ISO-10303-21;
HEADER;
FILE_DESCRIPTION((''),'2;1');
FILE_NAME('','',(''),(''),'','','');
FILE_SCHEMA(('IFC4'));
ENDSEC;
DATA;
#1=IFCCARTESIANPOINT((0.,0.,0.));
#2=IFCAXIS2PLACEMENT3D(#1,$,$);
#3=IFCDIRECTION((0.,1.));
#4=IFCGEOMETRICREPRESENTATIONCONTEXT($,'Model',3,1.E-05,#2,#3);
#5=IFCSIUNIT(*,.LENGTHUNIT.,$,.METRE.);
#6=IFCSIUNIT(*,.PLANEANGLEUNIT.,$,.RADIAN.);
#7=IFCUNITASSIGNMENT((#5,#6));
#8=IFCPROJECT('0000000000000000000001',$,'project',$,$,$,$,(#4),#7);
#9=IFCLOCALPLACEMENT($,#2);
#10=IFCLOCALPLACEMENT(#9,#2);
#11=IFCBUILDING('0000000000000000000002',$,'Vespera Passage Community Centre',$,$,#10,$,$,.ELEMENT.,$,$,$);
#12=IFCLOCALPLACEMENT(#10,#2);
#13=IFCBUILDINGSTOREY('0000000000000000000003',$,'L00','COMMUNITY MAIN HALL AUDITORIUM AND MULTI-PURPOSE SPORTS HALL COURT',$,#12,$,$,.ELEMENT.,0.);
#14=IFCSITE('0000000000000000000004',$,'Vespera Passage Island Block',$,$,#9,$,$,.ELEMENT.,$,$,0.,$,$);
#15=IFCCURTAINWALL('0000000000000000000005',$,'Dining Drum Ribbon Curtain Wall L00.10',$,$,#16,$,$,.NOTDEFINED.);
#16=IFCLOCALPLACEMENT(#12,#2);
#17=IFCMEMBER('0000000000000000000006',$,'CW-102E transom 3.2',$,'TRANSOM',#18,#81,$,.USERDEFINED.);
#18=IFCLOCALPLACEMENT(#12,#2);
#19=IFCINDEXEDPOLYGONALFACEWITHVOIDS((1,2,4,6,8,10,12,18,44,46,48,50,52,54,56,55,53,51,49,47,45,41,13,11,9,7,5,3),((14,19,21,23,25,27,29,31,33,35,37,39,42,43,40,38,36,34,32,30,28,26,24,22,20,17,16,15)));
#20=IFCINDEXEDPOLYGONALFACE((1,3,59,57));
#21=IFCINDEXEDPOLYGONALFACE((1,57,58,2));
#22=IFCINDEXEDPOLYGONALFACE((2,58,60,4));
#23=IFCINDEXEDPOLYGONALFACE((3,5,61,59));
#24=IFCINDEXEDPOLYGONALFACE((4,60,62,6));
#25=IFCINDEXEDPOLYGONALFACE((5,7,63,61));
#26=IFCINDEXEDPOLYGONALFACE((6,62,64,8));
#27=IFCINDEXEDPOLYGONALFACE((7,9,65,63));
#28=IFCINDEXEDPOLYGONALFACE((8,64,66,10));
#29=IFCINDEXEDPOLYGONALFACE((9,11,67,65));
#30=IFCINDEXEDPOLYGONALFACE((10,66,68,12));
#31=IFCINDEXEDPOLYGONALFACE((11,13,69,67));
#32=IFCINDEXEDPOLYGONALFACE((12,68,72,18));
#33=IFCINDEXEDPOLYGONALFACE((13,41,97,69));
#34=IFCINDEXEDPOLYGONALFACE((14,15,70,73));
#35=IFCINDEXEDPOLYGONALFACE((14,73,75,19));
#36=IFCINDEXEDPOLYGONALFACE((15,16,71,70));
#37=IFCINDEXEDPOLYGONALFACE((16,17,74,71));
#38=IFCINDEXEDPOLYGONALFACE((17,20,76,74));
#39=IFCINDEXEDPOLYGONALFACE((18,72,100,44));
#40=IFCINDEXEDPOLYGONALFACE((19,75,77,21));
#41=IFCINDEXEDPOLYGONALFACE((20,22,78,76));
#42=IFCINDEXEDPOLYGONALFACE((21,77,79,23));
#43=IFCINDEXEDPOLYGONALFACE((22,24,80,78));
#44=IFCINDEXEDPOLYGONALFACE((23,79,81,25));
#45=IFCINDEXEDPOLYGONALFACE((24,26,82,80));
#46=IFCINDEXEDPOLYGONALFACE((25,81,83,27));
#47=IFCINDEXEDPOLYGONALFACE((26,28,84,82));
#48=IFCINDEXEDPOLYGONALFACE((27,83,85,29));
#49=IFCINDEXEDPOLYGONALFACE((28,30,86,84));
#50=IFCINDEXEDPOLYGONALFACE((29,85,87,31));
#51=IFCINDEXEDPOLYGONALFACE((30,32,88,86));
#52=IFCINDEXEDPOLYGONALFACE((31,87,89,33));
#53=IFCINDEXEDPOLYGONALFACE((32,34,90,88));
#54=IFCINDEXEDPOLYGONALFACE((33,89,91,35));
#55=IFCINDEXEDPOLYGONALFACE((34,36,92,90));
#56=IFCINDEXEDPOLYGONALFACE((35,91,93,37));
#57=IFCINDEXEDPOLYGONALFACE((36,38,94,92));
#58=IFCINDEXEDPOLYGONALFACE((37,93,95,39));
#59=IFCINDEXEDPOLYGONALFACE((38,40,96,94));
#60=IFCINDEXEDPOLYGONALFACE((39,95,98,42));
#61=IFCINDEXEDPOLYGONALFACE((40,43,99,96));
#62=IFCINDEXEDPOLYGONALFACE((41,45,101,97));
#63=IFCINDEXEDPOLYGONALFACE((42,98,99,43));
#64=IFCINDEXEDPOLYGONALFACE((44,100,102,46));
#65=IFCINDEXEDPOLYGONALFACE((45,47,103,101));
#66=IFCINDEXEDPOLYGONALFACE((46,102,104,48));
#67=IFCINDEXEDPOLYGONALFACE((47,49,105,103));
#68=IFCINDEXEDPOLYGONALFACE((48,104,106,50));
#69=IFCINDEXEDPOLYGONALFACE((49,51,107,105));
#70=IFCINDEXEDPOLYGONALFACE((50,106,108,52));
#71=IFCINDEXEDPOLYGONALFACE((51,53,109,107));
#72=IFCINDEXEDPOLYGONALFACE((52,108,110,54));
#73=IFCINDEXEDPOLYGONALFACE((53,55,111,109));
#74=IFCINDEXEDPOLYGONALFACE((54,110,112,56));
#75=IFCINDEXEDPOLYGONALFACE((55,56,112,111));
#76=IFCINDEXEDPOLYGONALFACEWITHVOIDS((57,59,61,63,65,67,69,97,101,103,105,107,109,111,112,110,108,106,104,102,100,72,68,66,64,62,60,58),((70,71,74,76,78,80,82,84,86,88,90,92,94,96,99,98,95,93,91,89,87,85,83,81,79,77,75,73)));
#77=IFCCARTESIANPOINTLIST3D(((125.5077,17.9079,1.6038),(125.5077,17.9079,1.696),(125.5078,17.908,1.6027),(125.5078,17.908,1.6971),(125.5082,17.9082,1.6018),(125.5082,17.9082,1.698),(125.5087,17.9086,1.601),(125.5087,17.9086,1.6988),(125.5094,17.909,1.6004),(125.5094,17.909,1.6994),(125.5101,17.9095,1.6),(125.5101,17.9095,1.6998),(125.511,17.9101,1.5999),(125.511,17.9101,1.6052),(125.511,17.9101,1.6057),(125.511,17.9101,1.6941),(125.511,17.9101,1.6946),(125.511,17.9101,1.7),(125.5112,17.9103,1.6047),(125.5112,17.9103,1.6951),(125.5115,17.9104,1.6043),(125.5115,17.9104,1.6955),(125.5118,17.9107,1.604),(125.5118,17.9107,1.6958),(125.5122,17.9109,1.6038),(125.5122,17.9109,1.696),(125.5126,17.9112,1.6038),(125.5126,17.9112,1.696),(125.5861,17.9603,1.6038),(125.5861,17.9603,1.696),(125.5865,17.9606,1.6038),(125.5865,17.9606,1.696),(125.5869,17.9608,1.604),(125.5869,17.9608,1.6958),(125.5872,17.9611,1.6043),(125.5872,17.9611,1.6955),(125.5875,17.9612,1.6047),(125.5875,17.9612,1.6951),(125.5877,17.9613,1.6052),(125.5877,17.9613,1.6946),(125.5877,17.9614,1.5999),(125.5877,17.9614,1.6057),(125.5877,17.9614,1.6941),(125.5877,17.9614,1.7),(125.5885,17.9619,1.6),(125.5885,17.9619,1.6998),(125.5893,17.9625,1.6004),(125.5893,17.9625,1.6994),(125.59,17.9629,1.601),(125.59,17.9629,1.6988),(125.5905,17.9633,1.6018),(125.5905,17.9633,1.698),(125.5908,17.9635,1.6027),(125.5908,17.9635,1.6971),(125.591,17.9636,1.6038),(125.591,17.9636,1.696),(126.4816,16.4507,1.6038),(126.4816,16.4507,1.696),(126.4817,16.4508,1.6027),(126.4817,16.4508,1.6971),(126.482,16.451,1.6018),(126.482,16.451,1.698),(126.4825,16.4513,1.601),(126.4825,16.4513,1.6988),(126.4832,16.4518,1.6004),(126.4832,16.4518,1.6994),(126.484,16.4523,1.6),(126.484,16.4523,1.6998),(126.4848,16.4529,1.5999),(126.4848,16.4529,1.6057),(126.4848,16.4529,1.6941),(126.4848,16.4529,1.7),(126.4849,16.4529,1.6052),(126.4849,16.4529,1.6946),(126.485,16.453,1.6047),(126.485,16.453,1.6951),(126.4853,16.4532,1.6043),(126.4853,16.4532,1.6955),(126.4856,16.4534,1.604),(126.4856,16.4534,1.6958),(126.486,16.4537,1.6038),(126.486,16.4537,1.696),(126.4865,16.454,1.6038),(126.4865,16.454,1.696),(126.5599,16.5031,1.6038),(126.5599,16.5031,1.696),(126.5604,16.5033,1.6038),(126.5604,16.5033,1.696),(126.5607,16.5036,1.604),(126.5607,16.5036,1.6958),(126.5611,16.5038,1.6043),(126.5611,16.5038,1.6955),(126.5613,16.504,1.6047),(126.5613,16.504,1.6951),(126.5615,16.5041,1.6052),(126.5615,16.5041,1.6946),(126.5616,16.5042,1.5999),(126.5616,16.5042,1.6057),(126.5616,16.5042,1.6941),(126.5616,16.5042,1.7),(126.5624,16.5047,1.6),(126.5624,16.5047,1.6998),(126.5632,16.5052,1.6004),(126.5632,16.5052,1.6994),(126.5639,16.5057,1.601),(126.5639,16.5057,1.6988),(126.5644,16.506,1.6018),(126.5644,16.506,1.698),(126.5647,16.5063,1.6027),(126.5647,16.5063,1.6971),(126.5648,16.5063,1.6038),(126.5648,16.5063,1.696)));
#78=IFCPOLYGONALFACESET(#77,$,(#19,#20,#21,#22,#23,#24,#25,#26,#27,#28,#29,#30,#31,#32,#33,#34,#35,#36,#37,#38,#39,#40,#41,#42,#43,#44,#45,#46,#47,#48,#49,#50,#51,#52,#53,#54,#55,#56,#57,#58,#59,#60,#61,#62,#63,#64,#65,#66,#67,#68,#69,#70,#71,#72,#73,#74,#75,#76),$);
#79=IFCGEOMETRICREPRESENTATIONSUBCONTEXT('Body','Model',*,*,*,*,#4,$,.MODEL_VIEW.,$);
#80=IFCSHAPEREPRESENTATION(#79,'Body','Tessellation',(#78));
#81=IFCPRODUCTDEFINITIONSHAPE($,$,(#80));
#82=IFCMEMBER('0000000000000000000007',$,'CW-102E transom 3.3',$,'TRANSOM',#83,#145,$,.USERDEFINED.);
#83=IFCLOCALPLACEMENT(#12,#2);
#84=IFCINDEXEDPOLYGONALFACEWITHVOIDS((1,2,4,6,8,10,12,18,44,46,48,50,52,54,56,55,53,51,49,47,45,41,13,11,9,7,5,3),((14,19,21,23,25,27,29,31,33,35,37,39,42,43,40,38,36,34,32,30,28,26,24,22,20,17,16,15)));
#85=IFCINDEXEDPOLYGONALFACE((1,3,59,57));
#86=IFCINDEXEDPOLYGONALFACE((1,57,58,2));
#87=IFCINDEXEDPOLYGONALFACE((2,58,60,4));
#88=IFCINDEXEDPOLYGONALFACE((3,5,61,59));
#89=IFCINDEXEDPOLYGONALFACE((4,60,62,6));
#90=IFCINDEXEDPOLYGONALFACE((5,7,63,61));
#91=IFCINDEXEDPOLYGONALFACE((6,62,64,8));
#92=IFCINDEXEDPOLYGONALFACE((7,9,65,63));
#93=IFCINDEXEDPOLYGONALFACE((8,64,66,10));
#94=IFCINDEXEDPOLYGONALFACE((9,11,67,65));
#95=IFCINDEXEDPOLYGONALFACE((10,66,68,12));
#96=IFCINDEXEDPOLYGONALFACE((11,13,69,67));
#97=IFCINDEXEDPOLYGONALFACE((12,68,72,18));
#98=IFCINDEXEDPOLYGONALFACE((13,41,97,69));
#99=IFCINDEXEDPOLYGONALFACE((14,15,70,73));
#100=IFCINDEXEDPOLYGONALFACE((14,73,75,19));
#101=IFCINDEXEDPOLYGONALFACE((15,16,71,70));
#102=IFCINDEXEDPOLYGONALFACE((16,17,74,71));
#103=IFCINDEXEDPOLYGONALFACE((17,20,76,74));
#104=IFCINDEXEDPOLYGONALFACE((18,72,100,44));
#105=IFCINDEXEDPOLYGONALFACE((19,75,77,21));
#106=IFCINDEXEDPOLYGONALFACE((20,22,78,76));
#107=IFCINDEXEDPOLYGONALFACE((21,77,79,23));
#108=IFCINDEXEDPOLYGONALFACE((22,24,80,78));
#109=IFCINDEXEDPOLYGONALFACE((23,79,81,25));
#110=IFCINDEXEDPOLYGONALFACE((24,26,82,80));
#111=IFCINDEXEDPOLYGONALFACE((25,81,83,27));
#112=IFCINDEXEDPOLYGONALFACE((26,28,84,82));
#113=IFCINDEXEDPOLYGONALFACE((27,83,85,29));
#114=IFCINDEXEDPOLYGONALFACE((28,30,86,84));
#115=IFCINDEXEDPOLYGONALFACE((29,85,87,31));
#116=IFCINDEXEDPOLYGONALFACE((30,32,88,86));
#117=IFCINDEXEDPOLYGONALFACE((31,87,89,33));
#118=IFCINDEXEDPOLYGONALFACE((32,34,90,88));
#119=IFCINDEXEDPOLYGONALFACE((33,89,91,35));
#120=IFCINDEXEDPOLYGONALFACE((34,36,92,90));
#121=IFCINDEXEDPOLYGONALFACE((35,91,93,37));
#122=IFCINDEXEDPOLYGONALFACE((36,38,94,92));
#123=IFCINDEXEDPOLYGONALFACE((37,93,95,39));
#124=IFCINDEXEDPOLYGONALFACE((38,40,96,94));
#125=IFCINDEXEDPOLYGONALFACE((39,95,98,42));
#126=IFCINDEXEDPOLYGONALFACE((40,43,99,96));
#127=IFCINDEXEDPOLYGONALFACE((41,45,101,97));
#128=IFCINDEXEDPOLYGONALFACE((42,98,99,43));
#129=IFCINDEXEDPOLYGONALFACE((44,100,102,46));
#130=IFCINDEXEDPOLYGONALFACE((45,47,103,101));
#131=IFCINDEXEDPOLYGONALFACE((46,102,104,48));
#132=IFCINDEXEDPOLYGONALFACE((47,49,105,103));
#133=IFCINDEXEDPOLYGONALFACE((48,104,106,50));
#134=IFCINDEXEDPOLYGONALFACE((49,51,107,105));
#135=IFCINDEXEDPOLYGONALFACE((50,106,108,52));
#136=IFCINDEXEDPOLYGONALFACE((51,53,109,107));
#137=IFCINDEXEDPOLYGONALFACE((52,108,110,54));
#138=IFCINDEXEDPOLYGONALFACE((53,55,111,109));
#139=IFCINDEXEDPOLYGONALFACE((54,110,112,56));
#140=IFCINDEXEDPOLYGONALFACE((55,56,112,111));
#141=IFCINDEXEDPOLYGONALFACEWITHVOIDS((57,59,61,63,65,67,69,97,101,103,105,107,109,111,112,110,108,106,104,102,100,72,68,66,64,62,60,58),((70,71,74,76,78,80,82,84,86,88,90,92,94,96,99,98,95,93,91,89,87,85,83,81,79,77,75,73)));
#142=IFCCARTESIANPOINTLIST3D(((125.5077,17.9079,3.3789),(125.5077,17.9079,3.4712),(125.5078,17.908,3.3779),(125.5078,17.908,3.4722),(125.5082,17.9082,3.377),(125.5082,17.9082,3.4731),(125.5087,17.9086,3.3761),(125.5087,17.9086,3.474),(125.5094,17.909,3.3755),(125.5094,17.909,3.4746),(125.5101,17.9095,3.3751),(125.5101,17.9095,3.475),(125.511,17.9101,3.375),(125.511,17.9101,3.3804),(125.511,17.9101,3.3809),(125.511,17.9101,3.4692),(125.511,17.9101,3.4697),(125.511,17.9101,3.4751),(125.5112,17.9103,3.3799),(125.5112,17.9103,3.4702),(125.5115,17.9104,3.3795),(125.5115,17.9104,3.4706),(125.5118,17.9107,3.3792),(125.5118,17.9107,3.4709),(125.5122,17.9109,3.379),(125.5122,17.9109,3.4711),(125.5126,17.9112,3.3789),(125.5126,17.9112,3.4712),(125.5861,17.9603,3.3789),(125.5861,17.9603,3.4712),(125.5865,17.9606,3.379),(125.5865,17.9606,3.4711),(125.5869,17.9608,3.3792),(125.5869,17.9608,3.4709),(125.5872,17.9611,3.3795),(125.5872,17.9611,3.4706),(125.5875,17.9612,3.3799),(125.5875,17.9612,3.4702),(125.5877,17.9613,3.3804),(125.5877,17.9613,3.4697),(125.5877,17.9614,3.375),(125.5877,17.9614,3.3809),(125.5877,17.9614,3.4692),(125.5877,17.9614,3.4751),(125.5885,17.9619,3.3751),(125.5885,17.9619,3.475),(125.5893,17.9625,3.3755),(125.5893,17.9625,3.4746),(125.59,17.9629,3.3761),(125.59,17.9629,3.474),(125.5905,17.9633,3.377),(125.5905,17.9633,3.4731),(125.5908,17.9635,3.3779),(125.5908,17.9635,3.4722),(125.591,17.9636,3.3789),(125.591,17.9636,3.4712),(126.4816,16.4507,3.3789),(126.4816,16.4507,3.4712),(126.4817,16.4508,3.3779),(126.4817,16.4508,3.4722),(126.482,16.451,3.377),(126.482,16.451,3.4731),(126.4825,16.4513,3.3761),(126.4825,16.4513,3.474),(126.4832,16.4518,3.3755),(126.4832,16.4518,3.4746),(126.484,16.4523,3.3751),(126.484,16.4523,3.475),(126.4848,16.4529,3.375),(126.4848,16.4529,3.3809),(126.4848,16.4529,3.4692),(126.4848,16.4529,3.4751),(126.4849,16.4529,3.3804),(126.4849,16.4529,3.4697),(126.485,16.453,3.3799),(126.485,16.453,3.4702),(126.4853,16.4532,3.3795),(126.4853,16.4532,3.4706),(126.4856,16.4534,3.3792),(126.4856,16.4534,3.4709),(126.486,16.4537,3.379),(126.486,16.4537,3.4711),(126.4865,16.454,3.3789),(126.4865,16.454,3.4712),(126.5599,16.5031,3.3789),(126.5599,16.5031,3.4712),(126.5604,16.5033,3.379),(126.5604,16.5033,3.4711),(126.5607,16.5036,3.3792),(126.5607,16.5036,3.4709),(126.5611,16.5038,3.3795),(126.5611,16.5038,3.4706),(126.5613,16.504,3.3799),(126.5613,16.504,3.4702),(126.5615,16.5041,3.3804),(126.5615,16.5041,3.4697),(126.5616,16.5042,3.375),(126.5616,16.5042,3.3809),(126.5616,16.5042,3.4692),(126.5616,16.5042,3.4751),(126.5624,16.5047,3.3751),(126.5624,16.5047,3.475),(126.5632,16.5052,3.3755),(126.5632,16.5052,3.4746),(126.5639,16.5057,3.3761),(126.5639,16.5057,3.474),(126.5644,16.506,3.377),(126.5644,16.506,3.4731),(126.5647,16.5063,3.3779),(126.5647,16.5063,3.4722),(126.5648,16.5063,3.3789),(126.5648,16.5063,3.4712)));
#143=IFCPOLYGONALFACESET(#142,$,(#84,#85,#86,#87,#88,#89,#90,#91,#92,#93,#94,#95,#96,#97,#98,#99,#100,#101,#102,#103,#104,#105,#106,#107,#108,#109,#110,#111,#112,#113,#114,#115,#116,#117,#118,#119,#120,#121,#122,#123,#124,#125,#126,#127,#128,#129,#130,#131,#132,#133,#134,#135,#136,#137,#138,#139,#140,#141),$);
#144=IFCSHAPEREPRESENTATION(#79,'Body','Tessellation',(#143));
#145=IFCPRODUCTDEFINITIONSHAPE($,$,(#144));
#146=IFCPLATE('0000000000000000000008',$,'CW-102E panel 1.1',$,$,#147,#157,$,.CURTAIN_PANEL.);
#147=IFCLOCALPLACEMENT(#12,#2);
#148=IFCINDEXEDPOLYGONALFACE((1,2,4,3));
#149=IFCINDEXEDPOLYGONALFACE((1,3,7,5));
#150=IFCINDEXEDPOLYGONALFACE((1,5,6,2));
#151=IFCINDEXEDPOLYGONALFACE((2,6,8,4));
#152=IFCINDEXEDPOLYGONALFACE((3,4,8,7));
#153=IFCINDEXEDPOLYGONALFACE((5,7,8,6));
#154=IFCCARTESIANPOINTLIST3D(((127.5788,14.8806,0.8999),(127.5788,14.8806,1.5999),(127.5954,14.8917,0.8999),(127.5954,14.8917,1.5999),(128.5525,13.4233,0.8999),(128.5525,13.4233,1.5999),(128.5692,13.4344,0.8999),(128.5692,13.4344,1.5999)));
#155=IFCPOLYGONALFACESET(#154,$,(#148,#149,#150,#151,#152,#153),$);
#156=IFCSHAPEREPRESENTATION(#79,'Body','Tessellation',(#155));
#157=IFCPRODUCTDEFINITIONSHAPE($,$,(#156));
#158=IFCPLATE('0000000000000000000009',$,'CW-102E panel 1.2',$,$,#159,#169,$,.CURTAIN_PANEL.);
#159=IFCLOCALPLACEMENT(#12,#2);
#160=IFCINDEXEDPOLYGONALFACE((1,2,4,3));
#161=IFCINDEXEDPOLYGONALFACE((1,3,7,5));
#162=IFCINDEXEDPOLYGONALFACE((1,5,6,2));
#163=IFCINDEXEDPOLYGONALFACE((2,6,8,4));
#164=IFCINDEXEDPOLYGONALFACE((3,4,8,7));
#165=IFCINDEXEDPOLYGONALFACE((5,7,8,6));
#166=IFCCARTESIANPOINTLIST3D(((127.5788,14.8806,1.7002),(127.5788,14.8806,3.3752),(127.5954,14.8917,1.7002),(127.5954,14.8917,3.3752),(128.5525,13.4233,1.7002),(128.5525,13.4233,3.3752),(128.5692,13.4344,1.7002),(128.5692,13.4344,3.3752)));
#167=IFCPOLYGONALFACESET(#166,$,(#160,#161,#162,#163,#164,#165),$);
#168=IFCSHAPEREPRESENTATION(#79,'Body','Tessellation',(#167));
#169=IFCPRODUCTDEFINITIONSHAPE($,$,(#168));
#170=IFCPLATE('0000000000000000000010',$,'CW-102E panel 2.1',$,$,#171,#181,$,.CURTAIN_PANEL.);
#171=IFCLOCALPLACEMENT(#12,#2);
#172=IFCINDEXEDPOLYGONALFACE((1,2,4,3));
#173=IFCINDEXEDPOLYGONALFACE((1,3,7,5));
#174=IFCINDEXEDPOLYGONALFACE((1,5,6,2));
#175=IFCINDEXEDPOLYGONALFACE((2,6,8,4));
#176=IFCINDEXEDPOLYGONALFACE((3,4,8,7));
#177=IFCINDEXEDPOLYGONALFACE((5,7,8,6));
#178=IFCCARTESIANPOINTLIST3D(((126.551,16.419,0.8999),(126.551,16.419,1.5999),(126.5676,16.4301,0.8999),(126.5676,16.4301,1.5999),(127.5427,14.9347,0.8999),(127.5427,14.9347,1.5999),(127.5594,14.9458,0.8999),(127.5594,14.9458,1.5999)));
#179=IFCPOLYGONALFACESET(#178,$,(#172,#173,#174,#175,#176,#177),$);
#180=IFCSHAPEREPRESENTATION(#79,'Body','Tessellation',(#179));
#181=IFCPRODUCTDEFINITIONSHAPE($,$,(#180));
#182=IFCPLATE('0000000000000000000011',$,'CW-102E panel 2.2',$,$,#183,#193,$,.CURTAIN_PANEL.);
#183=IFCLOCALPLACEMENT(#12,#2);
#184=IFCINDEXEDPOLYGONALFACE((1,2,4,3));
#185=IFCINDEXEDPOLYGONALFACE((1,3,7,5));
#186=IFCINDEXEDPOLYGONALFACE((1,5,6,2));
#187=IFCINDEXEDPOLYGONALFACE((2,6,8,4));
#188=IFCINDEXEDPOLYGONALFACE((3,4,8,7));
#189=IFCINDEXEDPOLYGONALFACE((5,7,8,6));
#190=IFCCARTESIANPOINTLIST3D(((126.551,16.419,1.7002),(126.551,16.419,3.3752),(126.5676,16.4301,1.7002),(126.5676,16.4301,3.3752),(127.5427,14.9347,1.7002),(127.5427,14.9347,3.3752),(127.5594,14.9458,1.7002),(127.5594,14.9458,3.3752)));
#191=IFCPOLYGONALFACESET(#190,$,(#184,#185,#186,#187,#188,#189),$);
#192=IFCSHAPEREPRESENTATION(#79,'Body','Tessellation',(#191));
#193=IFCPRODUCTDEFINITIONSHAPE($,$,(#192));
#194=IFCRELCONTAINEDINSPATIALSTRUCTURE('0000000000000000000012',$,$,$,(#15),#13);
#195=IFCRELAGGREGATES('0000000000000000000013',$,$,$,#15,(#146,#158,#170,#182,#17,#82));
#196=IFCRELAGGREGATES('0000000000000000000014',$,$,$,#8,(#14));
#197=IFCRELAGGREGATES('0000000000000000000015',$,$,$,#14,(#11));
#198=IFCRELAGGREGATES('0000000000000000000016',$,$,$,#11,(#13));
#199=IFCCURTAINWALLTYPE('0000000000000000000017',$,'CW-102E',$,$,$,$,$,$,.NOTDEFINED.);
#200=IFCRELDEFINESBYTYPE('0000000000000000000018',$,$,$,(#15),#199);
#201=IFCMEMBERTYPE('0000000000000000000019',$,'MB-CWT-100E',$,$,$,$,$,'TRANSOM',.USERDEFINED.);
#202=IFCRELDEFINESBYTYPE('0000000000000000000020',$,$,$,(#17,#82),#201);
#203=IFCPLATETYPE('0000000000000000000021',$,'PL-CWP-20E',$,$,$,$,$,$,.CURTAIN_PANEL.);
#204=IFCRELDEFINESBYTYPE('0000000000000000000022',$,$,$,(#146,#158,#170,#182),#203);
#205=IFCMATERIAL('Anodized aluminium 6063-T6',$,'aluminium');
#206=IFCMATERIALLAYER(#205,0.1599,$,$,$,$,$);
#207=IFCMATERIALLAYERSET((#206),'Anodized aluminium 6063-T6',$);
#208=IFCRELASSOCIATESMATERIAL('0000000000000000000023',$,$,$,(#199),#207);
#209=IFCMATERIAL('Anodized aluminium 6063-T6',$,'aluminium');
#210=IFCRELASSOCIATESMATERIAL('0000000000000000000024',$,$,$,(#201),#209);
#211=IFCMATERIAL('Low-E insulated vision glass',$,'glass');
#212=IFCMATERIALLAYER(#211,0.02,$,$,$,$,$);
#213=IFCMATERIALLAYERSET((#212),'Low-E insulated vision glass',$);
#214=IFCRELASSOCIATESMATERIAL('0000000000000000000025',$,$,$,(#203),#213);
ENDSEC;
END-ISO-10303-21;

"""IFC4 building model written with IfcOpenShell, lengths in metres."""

from ifc_helpers import new_model, si_unit, direction, frame, origin, origin_2d, place, context, subcontext, project, spatial, rectangle, hollow_rectangle, extrude, material, layer, layer_set, material_profile, profile_set, type_object, element, aggregate, save


model = new_model("IFC4")

# Units and contexts
model_context = context("Model", 3, precision=1e-05, world=origin(), true_north=direction((0.0, 1.0)))
body_context = subcontext(model_context, "Body", "Model", "MODEL_VIEW")
ifc_project = project(units=[si_unit("LENGTHUNIT", "METRE"), si_unit("PLANEANGLEUNIT", "RADIAN")], contexts=[model_context])

# Site, building, storey
site_placement = place(None, origin())
site = spatial("IfcSite", under=ifc_project, at=site_placement, Name="Vespera Passage Island Block", CompositionType="ELEMENT", RefElevation=0.0)
building_placement = place(site_placement, origin())
building = spatial("IfcBuilding", under=site, at=building_placement, Name="Vespera Passage Community Centre", CompositionType="ELEMENT")
storey_placement = place(building_placement, origin())
storey = spatial("IfcBuildingStorey", under=building, at=storey_placement, Name="L00", Description="COMMUNITY MAIN HALL AUDITORIUM AND MULTI-PURPOSE SPORTS HALL COURT", CompositionType="ELEMENT", Elevation=0.0)

# Curtain wall
ifc_material_1 = material(Name="Anodized aluminium 6063-T6", Category="aluminium")
ifc_layer_1 = layer(ifc_material_1, 0.1599)
ifc_layer_set_1 = layer_set([ifc_layer_1], Name="Anodized aluminium 6063-T6")
curtain_wall_type_1 = type_object("IfcCurtainWallType", Name="CW-102E", PredefinedType="NOTDEFINED", material=ifc_layer_set_1)
curtain_wall_1_placement = place(storey_placement, origin())
curtain_wall_1 = element("IfcCurtainWall", 1, at=curtain_wall_1_placement, inside=storey, type_object=curtain_wall_type_1, Name="Dining Drum Ribbon Curtain Wall L00.10", PredefinedType="NOTDEFINED")

# Members
ifc_material_2 = material(Name="Anodized aluminium 6063-T6", Category="aluminium")
ifc_material_profile_1 = material_profile(ifc_material_2, hollow_rectangle(XDim=0.1001, YDim=0.1001, WallThickness=0.0039, InnerFilletRadius=0.002, OuterFilletRadius=0.0039, at=origin_2d()), Name="ALU100X100X4")
ifc_profile_set_1 = profile_set([ifc_material_profile_1], Name="Anodized aluminium 6063-T6")
member_type_1 = type_object("IfcMemberType", Name="MB-CWT-100E", ElementType="TRANSOM", PredefinedType="USERDEFINED", material=ifc_profile_set_1)
member_1_placement = place(storey_placement, frame((126.5232, 16.4785, 1.6499), z_axis=(-0.555632, 0.831428, 0.0), x_axis=(-0.831428, -0.555632, 0.0)))
member_1 = element("IfcMember", 2, at=member_1_placement, type_object=member_type_1, Name="CW-102E transom 3.2", ObjectType="TRANSOM", PredefinedType="USERDEFINED", context=body_context, shape_type="SweptSolid", body=[
    extrude(hollow_rectangle(XDim=0.1001, YDim=0.1001, WallThickness=0.0039, InnerFilletRadius=0.002, OuterFilletRadius=0.0039, at=origin_2d()), origin(), (0.0, 0.0, 1.0), 1.7527),
])
member_2_placement = place(storey_placement, frame((126.5232, 16.4785, 3.425), z_axis=(-0.555632, 0.831428, 0.0), x_axis=(-0.831428, -0.555632, 0.0)))
member_2 = element("IfcMember", 3, at=member_2_placement, type_object=member_type_1, Name="CW-102E transom 3.3", ObjectType="TRANSOM", PredefinedType="USERDEFINED", context=body_context, shape_type="SweptSolid", body=[
    extrude(hollow_rectangle(XDim=0.1001, YDim=0.1001, WallThickness=0.0039, InnerFilletRadius=0.002, OuterFilletRadius=0.0039, at=origin_2d()), origin(), (0.0, 0.0, 1.0), 1.7527),
])

# Plates
ifc_material_3 = material(Name="Low-E insulated vision glass", Category="glass")
ifc_layer_2 = layer(ifc_material_3, 0.02)
ifc_layer_set_2 = layer_set([ifc_layer_2], Name="Low-E insulated vision glass")
plate_type = type_object("IfcPlateType", Name="PL-CWP-20E", PredefinedType="CURTAIN_PANEL", material=ifc_layer_set_2)
plate_1_placement = place(storey_placement, frame((128.074, 14.1575, 0.8999), z_axis=(0.0, 0.0, 1.0), x_axis=(-0.555565, 0.831473, 0.0)))
plate_1 = element("IfcPlate", 4, at=plate_1_placement, type_object=plate_type, Name="CW-102E panel 1.1", PredefinedType="CURTAIN_PANEL", context=body_context, shape_type="SweptSolid", body=[
    extrude(rectangle(XDim=1.7527, YDim=0.02, at=origin_2d()), origin(), (0.0, 0.0, 1.0), 0.7),
])
plate_2_placement = place(storey_placement, frame((128.074, 14.1575, 1.7002), z_axis=(0.0, 0.0, 1.0), x_axis=(-0.555565, 0.831473, 0.0)))
plate_2 = element("IfcPlate", 5, at=plate_2_placement, type_object=plate_type, Name="CW-102E panel 1.2", PredefinedType="CURTAIN_PANEL", context=body_context, shape_type="SweptSolid", body=[
    extrude(rectangle(XDim=1.7527, YDim=0.02, at=origin_2d()), origin(), (0.0, 0.0, 1.0), 1.675),
])
plate_3_placement = place(storey_placement, frame((127.0552, 15.6824, 0.8999), z_axis=(0.0, 0.0, 1.0), x_axis=(-0.555565, 0.831473, 0.0)))
plate_3 = element("IfcPlate", 6, at=plate_3_placement, type_object=plate_type, Name="CW-102E panel 2.1", PredefinedType="CURTAIN_PANEL", context=body_context, shape_type="SweptSolid", body=[
    extrude(rectangle(XDim=1.7852, YDim=0.02, at=origin_2d()), origin(), (0.0, 0.0, 1.0), 0.7),
])
plate_4_placement = place(storey_placement, frame((127.0552, 15.6824, 1.7002), z_axis=(0.0, 0.0, 1.0), x_axis=(-0.555565, 0.831473, 0.0)))
plate_4 = element("IfcPlate", 7, at=plate_4_placement, type_object=plate_type, Name="CW-102E panel 2.2", PredefinedType="CURTAIN_PANEL", context=body_context, shape_type="SweptSolid", body=[
    extrude(rectangle(XDim=1.7852, YDim=0.02, at=origin_2d()), origin(), (0.0, 0.0, 1.0), 1.675),
])
aggregate(curtain_wall_1, [plate_1, plate_2, plate_3, plate_4, member_1, member_2])

save(model, "model.ifc")
